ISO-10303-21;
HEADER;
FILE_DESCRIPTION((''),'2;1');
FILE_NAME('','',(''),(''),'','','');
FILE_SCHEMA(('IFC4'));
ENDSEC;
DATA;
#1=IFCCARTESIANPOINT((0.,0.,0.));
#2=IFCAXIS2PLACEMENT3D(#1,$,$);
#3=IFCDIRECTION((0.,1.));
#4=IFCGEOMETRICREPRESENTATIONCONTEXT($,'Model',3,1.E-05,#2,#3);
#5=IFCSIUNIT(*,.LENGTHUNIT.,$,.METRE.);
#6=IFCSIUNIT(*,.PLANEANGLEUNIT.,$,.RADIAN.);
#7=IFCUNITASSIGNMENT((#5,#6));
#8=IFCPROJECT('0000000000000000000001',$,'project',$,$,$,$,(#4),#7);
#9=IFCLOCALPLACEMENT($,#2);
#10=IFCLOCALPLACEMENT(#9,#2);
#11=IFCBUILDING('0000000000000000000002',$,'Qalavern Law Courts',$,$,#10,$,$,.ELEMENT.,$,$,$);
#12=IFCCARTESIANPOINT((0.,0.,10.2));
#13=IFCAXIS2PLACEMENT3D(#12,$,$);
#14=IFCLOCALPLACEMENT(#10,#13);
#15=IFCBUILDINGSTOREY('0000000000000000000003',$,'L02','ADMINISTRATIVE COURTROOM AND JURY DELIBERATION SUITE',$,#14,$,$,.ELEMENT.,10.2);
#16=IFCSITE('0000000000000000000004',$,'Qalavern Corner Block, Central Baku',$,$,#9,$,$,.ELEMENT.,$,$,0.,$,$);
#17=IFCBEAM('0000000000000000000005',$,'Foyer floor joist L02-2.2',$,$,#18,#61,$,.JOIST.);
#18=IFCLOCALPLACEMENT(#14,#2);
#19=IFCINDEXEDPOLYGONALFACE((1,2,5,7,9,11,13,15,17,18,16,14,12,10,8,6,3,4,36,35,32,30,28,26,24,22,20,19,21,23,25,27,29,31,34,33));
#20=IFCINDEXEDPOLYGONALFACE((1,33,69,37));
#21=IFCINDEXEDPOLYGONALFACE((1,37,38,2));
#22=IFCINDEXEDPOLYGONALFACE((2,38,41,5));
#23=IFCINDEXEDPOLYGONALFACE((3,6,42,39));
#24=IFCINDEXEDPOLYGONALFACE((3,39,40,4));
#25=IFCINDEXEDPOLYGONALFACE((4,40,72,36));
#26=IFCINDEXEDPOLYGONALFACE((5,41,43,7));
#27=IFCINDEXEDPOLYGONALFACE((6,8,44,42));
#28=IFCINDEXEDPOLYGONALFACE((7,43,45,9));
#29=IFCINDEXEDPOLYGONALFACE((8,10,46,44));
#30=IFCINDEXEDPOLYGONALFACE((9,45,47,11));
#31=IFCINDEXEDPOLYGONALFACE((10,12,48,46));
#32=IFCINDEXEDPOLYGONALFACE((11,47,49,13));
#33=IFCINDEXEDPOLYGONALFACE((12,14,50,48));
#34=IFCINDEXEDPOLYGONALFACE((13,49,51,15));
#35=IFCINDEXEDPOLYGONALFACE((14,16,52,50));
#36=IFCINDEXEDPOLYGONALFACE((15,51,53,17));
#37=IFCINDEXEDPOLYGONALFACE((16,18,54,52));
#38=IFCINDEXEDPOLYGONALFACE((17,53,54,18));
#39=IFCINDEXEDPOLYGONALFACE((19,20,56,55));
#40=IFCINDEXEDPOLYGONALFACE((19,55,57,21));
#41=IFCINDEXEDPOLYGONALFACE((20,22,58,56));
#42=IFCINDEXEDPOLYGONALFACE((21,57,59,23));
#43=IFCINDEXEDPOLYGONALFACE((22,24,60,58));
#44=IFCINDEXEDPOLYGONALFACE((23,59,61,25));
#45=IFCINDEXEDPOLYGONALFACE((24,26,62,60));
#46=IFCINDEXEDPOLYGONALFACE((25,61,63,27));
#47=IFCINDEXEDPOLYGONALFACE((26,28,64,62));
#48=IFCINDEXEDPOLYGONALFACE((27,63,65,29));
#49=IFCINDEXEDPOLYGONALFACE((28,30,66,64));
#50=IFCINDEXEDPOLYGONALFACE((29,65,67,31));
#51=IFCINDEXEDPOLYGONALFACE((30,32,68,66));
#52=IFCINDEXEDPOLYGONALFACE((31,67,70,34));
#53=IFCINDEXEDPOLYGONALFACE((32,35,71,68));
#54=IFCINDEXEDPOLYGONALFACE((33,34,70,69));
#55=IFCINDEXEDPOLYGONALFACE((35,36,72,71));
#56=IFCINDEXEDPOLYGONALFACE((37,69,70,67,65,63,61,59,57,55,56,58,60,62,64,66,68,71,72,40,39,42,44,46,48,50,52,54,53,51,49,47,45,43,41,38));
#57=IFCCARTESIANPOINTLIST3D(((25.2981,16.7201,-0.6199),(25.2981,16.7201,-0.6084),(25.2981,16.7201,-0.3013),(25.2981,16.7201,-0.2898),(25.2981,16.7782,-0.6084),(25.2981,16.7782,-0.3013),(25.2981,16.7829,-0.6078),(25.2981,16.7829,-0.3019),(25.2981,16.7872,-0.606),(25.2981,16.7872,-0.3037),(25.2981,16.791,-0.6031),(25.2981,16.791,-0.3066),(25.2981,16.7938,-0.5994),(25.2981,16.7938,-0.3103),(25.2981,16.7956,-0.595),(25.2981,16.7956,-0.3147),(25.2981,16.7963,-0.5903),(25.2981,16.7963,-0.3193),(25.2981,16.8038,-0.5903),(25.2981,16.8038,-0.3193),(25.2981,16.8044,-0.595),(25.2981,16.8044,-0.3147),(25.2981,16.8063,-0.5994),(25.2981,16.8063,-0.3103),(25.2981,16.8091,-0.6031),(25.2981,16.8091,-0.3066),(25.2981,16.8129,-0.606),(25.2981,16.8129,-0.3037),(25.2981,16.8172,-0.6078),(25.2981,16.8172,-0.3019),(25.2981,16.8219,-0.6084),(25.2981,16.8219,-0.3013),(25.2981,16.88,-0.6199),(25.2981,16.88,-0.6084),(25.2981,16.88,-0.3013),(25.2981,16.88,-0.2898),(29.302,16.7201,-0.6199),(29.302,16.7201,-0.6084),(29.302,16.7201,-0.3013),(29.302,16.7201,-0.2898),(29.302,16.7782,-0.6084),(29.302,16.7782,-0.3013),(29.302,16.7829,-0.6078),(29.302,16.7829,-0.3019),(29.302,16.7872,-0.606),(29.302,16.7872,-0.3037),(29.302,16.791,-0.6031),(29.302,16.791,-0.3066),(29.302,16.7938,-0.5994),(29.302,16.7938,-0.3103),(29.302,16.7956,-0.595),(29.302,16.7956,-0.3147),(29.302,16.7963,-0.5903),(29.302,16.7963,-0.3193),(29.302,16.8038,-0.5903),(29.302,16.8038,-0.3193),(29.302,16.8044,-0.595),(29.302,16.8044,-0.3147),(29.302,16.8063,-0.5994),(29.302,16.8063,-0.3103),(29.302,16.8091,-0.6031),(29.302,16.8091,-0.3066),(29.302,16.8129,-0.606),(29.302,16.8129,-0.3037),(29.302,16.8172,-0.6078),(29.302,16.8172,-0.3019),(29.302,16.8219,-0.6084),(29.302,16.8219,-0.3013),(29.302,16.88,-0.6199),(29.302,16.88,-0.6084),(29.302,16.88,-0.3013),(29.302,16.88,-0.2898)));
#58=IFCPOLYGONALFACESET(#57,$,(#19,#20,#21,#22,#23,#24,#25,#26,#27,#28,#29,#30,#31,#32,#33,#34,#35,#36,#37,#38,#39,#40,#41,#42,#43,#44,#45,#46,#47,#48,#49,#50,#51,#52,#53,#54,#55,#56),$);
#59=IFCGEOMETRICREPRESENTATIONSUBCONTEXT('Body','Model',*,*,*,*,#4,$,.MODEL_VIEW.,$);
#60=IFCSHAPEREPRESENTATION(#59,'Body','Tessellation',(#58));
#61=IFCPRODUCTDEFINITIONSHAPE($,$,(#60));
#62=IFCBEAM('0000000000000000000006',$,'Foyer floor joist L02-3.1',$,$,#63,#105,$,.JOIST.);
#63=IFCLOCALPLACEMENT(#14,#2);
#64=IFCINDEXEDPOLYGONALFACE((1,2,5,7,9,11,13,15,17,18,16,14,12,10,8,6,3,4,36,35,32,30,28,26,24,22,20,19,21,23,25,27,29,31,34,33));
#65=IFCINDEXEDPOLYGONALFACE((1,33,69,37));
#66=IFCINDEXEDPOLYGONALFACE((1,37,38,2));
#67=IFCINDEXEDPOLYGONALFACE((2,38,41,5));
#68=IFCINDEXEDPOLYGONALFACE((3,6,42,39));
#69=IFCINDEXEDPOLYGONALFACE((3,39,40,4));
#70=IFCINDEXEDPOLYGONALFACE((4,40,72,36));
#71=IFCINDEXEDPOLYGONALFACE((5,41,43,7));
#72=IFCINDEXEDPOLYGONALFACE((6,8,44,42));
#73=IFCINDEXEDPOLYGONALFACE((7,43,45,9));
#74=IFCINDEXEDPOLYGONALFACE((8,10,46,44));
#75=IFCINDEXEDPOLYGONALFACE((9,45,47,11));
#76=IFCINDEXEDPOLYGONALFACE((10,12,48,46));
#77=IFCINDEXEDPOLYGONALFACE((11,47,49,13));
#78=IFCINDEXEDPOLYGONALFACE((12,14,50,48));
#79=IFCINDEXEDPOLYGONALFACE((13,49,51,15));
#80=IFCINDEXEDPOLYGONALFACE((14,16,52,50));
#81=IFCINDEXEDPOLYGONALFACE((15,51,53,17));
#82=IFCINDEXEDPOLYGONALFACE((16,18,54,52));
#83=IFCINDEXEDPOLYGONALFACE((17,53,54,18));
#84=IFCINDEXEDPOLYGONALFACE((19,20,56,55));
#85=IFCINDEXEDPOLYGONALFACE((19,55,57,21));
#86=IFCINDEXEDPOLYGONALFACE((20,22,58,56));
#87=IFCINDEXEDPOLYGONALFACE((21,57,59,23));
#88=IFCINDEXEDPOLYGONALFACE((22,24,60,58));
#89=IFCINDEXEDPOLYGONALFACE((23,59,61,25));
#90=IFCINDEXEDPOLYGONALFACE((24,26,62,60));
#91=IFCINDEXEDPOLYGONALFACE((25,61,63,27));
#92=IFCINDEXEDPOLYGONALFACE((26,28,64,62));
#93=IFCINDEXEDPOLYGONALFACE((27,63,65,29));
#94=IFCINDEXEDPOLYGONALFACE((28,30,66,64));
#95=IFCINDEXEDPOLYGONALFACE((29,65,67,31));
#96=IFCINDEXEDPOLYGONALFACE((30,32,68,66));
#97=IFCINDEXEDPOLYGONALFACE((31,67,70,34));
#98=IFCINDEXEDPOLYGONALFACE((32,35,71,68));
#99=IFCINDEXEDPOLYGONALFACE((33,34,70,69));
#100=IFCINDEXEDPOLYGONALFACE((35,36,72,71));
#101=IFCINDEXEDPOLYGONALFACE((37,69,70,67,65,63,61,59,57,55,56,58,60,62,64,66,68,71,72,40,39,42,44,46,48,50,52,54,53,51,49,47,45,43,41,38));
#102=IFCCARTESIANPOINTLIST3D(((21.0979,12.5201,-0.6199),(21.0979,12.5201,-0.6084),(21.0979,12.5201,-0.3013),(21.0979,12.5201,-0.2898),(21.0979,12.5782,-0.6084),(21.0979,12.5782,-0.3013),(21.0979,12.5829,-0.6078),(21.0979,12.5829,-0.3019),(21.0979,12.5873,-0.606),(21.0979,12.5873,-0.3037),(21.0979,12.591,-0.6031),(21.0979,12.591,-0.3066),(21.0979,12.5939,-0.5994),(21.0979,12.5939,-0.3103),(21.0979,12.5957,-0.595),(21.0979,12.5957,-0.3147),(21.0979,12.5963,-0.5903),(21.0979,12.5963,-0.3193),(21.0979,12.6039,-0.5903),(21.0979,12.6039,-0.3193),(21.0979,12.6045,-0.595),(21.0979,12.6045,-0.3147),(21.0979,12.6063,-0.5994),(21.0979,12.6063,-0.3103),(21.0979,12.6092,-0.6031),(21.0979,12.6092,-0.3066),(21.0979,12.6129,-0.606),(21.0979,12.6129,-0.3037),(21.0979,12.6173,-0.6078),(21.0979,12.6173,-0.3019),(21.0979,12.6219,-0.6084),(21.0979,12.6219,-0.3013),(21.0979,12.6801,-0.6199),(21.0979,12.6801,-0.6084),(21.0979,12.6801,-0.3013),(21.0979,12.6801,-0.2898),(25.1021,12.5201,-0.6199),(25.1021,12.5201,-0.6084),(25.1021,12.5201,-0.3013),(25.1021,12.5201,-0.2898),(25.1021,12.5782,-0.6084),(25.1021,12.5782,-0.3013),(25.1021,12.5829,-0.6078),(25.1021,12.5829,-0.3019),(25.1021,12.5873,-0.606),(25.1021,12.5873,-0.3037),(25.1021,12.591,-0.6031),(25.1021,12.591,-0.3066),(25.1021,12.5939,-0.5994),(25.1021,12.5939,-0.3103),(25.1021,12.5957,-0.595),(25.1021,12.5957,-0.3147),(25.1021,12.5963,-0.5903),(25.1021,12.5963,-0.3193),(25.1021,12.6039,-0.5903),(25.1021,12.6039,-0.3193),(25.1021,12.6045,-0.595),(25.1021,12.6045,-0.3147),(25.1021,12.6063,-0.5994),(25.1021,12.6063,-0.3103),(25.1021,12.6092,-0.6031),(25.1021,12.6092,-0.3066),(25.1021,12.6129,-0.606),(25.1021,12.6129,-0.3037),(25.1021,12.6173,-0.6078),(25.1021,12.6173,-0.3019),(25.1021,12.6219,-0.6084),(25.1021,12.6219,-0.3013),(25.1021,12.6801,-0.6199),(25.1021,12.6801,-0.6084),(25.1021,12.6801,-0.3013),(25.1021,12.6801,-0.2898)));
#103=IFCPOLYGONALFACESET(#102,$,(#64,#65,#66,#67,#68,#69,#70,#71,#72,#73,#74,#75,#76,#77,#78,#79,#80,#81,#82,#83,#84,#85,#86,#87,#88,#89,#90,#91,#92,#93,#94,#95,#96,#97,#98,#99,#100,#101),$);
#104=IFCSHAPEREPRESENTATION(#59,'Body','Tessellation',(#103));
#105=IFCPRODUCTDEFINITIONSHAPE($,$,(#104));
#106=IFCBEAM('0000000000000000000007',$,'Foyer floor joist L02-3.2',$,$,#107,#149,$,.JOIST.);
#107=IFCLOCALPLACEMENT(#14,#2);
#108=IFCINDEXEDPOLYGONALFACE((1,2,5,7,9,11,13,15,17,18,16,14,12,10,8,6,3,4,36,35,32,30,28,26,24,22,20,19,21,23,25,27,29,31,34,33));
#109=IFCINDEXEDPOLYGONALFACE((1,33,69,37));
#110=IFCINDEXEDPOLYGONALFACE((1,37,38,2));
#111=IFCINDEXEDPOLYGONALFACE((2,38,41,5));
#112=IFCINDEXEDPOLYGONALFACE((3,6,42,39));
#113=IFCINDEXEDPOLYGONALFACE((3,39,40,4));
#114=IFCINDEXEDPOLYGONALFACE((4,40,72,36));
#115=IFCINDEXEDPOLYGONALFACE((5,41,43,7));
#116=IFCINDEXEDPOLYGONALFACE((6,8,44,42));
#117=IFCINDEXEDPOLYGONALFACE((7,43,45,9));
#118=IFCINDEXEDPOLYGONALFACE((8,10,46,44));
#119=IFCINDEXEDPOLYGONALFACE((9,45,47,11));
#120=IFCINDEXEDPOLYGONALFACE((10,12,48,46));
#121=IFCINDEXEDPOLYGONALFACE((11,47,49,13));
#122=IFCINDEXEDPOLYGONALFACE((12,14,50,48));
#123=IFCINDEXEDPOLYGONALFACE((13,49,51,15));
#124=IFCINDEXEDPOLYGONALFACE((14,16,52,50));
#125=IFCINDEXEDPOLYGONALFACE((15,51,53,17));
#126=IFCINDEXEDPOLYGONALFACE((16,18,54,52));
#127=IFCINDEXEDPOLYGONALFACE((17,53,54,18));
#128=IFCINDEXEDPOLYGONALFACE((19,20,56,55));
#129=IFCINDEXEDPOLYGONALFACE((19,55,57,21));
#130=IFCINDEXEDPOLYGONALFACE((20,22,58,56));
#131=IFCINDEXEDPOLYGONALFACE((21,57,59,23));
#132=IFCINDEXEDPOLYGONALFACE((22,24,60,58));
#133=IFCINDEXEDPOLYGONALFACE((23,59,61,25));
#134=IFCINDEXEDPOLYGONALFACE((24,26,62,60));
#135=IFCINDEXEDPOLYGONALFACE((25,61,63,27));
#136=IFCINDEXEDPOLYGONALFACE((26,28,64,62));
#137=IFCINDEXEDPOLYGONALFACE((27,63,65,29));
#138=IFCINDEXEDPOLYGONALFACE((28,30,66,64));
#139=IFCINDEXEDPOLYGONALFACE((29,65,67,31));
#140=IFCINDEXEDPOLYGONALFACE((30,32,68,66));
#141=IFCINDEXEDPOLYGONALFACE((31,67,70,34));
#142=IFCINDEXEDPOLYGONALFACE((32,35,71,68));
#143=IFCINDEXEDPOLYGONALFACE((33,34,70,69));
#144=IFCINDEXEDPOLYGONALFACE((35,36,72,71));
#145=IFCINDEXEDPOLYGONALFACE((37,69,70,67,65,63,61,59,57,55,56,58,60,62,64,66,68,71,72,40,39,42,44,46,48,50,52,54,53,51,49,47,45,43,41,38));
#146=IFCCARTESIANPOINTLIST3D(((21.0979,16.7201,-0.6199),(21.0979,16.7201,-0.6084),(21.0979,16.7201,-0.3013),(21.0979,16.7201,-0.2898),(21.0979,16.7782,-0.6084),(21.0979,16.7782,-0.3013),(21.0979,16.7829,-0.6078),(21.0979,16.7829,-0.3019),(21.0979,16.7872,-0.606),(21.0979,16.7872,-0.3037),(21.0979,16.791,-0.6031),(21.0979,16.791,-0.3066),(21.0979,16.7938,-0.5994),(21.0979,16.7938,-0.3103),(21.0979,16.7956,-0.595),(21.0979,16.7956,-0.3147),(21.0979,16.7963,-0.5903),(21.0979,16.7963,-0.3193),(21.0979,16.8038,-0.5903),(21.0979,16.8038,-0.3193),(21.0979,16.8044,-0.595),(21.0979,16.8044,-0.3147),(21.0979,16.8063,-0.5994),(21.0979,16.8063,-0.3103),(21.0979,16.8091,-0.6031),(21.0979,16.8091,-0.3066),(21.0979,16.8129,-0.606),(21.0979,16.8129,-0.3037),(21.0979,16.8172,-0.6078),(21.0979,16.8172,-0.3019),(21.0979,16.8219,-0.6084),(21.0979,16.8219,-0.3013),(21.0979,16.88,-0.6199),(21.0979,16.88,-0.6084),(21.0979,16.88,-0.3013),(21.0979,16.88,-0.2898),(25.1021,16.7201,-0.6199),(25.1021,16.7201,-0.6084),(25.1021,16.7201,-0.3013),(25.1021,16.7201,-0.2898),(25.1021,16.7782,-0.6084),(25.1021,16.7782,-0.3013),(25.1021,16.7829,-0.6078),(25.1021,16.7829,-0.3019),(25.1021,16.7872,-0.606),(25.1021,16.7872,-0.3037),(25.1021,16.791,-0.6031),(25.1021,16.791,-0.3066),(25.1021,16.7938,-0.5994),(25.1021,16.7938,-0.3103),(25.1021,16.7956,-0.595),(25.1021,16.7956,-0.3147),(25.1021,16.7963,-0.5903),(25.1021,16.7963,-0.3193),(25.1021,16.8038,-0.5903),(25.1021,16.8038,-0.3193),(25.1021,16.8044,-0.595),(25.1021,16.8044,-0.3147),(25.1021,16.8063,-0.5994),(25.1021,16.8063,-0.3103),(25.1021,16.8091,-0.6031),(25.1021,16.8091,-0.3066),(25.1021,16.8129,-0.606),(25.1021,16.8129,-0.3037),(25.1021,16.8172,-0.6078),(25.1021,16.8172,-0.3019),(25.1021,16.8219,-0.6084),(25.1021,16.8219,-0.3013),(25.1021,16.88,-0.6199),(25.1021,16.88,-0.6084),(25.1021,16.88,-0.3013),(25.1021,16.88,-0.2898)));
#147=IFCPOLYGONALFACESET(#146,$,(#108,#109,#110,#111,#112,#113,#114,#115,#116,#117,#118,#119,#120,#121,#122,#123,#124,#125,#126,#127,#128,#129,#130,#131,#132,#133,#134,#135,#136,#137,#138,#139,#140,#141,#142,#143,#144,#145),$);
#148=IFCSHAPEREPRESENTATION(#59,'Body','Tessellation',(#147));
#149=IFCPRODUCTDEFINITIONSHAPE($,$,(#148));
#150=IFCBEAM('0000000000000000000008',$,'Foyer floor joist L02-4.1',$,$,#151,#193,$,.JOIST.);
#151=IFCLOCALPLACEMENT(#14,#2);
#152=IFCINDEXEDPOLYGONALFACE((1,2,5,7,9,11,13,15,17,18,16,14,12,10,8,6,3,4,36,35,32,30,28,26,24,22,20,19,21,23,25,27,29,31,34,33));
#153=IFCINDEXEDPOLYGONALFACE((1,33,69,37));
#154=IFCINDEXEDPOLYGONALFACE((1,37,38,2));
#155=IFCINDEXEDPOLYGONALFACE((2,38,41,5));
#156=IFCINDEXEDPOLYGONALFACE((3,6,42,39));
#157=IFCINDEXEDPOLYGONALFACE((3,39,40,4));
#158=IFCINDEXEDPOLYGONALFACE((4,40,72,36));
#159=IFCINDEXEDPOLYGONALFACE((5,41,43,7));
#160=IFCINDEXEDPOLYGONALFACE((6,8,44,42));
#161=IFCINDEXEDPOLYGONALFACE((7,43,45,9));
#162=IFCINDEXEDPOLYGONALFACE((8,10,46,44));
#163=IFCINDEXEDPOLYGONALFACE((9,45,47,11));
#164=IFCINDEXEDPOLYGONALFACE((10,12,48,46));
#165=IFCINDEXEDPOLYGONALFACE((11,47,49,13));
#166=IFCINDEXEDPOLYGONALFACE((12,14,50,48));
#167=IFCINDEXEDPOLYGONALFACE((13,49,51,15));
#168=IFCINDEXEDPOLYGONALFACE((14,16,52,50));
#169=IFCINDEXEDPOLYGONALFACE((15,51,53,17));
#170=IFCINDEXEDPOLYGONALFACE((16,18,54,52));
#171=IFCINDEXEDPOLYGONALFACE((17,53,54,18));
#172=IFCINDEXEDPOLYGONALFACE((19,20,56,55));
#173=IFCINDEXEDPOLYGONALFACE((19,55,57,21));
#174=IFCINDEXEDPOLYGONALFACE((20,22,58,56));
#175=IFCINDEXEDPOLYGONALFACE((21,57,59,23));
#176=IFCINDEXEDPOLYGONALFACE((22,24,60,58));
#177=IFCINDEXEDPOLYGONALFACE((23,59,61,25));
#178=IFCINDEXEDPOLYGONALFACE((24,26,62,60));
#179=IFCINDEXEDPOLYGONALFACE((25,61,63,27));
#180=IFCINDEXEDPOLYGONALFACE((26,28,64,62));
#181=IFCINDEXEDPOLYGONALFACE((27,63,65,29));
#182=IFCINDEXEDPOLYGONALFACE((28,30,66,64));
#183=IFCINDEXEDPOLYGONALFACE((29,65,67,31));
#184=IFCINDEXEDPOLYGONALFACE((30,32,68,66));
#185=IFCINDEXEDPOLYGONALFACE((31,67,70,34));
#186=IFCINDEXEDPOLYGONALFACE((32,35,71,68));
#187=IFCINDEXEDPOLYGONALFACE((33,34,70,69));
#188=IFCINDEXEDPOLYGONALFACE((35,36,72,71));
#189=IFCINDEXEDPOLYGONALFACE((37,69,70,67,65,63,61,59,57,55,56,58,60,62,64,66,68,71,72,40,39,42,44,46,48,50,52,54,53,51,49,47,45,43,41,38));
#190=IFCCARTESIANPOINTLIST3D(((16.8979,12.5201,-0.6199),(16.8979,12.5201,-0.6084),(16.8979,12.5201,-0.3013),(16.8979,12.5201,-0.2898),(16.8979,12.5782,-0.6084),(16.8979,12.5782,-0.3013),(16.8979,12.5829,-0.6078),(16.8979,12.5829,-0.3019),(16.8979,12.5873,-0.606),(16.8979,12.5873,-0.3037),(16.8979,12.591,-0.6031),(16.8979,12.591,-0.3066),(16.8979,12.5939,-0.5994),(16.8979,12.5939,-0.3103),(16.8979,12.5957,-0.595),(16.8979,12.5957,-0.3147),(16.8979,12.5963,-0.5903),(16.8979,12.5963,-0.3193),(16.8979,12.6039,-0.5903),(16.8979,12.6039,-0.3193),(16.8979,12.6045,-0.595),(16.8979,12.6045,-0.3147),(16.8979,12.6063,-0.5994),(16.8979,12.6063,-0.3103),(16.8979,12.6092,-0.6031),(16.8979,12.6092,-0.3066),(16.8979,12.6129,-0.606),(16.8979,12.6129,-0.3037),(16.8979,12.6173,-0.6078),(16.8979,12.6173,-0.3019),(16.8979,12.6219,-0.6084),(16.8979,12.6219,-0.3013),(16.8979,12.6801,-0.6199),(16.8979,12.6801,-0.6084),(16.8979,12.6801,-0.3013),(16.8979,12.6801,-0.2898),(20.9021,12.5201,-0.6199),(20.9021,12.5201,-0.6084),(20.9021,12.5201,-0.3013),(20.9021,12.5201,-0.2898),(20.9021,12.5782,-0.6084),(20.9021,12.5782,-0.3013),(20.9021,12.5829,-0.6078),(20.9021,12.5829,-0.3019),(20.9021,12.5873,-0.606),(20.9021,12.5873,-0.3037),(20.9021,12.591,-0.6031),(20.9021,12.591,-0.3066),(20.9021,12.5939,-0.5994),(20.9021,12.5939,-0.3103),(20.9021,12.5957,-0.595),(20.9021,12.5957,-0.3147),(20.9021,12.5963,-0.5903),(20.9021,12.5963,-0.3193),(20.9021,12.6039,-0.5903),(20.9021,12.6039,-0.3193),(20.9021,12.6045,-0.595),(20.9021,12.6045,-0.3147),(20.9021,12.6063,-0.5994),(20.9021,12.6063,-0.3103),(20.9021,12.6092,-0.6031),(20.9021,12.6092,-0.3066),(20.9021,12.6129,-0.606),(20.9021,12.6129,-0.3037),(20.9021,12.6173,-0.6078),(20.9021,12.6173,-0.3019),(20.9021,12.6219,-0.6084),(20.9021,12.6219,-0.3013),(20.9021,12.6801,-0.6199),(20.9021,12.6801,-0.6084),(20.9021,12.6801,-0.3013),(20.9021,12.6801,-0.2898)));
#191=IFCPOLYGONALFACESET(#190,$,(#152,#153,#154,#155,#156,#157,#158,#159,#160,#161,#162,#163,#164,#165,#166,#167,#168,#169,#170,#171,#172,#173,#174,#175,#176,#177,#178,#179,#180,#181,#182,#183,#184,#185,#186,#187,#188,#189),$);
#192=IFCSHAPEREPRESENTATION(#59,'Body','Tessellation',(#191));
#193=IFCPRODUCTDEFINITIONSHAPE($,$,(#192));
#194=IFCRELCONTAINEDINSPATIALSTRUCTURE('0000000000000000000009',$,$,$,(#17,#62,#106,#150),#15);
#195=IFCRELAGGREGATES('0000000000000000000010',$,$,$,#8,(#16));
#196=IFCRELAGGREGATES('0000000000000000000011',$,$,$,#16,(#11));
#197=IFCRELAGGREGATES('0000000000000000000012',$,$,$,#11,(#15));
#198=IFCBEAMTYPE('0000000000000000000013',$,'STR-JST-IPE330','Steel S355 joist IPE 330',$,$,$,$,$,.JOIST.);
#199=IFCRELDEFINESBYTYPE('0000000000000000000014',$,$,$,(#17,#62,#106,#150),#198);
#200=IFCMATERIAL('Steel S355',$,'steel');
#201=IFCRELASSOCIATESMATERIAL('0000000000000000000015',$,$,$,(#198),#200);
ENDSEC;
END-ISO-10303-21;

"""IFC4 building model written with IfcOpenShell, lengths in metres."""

from ifc_helpers import new_model, si_unit, direction, frame, origin, origin_2d, place, context, subcontext, project, spatial, i_section, extrude, material, material_profile, profile_set, type_object, element, save


model = new_model("IFC4")

# Units and contexts
model_context = context("Model", 3, precision=1e-05, world=origin(), true_north=direction((0.0, 1.0)))
body_context = subcontext(model_context, "Body", "Model", "MODEL_VIEW")
ifc_project = project(units=[si_unit("LENGTHUNIT", "METRE"), si_unit("PLANEANGLEUNIT", "RADIAN")], contexts=[model_context])

# Site, building, storey
site_placement = place(None, origin())
site = spatial("IfcSite", under=ifc_project, at=site_placement, Name="Qalavern Corner Block, Central Baku", CompositionType="ELEMENT", RefElevation=0.0)
building_placement = place(site_placement, origin())
building = spatial("IfcBuilding", under=site, at=building_placement, Name="Qalavern Law Courts", CompositionType="ELEMENT")
storey_placement = place(building_placement, frame((0.0, 0.0, 10.2)))
storey = spatial("IfcBuildingStorey", under=building, at=storey_placement, Name="L02", Description="ADMINISTRATIVE COURTROOM AND JURY DELIBERATION SUITE", CompositionType="ELEMENT", Elevation=10.2)

# Shared definitions
ifc_material_1 = material(Name="Steel S355", Category="steel")

# Beams
ifc_material_profile_1 = material_profile(ifc_material_1, i_section(OverallWidth=0.1599, OverallDepth=0.3301, WebThickness=0.0076, FlangeThickness=0.0115, FilletRadius=0.0181, at=origin_2d()), Name="IPE 330")
ifc_profile_set_1 = profile_set([ifc_material_profile_1], Name="Steel S355")
beam_type_1 = type_object("IfcBeamType", Name="STR-JST-IPE330", Description="Steel S355 joist IPE 330", PredefinedType="JOIST", material=ifc_profile_set_1)
for number, where, z_axis, x_axis, name in (
    (1, (25.2981, 16.8, -0.4548), (1.0, 0.0, 0.0), (0.0, 1.0, 0.0), "Foyer floor joist L02-2.2"),
):
    element("IfcBeam", number, at=place(storey_placement, frame(where, z_axis=z_axis, x_axis=x_axis)), inside=storey, type_object=beam_type_1, Name=name, PredefinedType="JOIST", context=body_context, shape_type="SweptSolid", body=[
        extrude(i_section(OverallWidth=0.1599, OverallDepth=0.3301, WebThickness=0.0076, FlangeThickness=0.0115, FilletRadius=0.0181, at=origin_2d()), origin(), (0.0, 0.0, 1.0), 4.0039),
    ])
for number, where, z_axis, x_axis, name in (
    (2, (21.0979, 12.6001, -0.4548), (1.0, 0.0, 0.0), (0.0, 1.0, 0.0), "Foyer floor joist L02-3.1"),
    (3, (21.0979, 16.8, -0.4548), (1.0, 0.0, 0.0), (0.0, 1.0, 0.0), "Foyer floor joist L02-3.2"),
    (4, (16.8979, 12.6001, -0.4548), (1.0, 0.0, 0.0), (0.0, 1.0, 0.0), "Foyer floor joist L02-4.1"),
):
    element("IfcBeam", number, at=place(storey_placement, frame(where, z_axis=z_axis, x_axis=x_axis)), inside=storey, type_object=beam_type_1, Name=name, PredefinedType="JOIST", context=body_context, shape_type="SweptSolid", body=[
        extrude(i_section(OverallWidth=0.1599, OverallDepth=0.3301, WebThickness=0.0076, FlangeThickness=0.0115, FilletRadius=0.0181, at=origin_2d()), origin(), (0.0, 0.0, 1.0), 4.0042),
    ])

save(model, "model.ifc")
